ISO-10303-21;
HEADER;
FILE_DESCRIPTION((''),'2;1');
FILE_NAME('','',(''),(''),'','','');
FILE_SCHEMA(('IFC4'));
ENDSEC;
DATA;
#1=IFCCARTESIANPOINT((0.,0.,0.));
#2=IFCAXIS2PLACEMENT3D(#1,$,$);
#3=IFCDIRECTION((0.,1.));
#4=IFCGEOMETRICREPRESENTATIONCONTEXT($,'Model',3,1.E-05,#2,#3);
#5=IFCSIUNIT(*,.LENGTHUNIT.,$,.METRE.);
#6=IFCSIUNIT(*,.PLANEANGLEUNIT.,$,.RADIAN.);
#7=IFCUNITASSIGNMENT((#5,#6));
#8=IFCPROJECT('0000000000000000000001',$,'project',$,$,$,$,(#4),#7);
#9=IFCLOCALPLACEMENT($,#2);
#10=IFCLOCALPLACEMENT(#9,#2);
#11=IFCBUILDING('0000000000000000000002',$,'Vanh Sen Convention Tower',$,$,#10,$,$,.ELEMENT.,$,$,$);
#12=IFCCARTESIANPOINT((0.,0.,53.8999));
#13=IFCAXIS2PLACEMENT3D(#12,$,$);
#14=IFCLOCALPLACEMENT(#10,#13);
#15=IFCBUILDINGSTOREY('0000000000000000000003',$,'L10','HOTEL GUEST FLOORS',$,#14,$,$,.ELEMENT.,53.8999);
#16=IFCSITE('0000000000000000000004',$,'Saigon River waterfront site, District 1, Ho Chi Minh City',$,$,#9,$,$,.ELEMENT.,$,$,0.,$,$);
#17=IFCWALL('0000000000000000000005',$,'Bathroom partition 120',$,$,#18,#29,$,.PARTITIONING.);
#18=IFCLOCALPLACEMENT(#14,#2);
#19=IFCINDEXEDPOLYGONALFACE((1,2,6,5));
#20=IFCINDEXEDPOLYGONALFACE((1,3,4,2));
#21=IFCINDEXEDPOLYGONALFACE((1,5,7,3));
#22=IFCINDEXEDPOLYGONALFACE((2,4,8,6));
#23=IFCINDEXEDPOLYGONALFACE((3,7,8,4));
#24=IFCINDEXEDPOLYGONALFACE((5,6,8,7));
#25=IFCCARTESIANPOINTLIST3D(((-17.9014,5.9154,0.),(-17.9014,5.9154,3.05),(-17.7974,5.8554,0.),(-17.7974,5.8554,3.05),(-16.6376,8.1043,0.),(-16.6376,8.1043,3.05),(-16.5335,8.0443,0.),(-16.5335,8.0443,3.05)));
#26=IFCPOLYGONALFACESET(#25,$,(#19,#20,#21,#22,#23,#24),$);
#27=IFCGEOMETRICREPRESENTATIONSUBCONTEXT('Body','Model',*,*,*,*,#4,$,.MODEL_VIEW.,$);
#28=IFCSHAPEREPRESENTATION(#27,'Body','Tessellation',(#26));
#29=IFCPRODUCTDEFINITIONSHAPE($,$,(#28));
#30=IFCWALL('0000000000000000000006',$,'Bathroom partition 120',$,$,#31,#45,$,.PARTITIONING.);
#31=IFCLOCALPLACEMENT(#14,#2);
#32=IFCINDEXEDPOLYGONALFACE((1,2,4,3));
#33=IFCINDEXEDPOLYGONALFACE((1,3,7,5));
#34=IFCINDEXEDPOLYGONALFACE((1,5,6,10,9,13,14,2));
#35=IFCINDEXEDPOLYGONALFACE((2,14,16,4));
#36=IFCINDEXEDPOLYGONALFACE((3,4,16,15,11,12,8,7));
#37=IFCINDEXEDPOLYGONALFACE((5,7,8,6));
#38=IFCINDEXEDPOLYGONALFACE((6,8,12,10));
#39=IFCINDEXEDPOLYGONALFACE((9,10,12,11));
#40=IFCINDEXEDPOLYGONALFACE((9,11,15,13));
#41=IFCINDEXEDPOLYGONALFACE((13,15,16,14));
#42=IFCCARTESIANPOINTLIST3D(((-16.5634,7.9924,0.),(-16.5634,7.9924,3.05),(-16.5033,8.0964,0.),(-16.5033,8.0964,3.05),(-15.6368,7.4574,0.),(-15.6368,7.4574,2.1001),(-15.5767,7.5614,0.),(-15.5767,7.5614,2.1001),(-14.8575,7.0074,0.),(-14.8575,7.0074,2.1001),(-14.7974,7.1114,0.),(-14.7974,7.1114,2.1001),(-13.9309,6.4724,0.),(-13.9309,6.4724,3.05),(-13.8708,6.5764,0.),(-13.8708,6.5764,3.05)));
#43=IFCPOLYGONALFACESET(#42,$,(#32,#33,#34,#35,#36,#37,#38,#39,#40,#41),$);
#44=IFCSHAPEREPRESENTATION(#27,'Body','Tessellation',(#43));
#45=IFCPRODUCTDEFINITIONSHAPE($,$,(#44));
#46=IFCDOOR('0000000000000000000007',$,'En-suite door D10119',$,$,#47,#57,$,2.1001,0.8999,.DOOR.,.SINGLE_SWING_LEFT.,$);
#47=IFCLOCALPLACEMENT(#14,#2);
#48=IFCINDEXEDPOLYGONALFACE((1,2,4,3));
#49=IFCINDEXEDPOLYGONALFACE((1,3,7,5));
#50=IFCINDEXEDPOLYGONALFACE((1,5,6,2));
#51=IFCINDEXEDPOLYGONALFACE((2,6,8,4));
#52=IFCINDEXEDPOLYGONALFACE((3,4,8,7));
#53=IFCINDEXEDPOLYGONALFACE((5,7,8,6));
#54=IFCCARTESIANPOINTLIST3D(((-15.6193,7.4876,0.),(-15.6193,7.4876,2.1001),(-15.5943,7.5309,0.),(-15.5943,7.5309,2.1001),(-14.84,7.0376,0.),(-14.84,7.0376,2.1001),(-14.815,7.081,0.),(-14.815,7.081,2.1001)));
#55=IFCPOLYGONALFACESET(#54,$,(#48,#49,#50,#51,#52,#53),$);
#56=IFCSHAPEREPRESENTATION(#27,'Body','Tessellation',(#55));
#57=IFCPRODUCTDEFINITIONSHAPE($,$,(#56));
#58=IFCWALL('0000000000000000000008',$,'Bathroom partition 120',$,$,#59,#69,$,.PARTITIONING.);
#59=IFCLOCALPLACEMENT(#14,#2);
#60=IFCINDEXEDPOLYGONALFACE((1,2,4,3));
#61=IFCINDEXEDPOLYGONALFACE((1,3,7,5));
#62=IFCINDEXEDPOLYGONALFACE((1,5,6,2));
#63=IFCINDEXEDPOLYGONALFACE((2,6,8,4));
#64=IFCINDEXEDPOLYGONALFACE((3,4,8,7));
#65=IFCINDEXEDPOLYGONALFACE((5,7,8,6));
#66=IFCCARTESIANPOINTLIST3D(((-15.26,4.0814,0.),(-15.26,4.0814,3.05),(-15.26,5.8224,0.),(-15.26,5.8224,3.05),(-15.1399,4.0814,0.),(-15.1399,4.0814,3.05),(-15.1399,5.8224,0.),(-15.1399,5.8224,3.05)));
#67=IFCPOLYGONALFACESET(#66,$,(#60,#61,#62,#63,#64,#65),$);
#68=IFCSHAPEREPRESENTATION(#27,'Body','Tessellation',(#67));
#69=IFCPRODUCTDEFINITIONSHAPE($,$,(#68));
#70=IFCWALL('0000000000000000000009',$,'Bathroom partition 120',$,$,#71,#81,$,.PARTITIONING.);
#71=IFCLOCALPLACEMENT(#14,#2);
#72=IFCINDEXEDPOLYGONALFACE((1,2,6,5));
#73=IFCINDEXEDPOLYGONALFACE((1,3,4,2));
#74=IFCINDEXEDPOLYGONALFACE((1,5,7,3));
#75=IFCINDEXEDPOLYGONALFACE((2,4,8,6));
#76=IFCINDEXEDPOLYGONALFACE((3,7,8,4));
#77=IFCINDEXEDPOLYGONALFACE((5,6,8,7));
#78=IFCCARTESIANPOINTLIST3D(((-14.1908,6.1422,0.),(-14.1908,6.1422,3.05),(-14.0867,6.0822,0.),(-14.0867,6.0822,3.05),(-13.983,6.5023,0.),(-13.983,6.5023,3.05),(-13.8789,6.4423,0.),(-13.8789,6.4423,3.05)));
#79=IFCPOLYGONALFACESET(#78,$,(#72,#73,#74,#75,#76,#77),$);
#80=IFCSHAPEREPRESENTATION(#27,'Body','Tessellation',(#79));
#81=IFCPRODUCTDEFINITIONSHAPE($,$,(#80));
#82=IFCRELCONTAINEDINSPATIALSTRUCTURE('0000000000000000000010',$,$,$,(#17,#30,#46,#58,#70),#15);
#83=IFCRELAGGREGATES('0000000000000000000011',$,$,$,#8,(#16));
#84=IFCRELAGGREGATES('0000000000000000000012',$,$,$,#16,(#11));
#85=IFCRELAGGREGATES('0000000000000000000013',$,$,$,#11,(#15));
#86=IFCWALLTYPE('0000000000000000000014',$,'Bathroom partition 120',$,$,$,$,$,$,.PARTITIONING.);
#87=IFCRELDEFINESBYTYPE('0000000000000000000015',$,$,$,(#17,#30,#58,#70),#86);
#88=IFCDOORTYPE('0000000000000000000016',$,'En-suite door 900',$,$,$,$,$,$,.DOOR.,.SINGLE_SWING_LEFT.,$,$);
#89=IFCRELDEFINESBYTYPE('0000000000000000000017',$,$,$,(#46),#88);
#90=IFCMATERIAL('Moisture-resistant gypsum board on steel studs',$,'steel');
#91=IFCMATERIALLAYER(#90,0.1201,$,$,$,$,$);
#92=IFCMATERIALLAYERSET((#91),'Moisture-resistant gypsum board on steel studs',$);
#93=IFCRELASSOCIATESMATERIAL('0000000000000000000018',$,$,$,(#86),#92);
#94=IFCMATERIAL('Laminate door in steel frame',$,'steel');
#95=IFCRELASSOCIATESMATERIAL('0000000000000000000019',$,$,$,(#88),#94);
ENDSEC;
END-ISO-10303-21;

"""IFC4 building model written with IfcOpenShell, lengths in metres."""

from ifc_helpers import new_model, si_unit, direction, frame, frame_2d, origin, place, context, subcontext, project, spatial, rectangle, extrude, material, layer, layer_set, type_object, element, fill, save


model = new_model("IFC4")

# Units and contexts
model_context = context("Model", 3, precision=1e-05, world=origin(), true_north=direction((0.0, 1.0)))
body_context = subcontext(model_context, "Body", "Model", "MODEL_VIEW")
ifc_project = project(units=[si_unit("LENGTHUNIT", "METRE"), si_unit("PLANEANGLEUNIT", "RADIAN")], contexts=[model_context])

# Site, building, storey
site_placement = place(None, origin())
site = spatial("IfcSite", under=ifc_project, at=site_placement, Name="Saigon River waterfront site, District 1, Ho Chi Minh City", CompositionType="ELEMENT", RefElevation=0.0)
building_placement = place(site_placement, origin())
building = spatial("IfcBuilding", under=site, at=building_placement, Name="Vanh Sen Convention Tower", CompositionType="ELEMENT")
storey_placement = place(building_placement, frame((0.0, 0.0, 53.8999)))
storey = spatial("IfcBuildingStorey", under=building, at=storey_placement, Name="L10", Description="HOTEL GUEST FLOORS", CompositionType="ELEMENT", Elevation=53.8999)

# Wall
ifc_material_1 = material(Name="Moisture-resistant gypsum board on steel studs", Category="steel")
ifc_layer_1 = layer(ifc_material_1, 0.1201)
ifc_layer_set_1 = layer_set([ifc_layer_1], Name="Moisture-resistant gypsum board on steel studs")
wall_type_1 = type_object("IfcWallType", Name="Bathroom partition 120", PredefinedType="PARTITIONING", material=ifc_layer_set_1)
wall_1_placement = place(storey_placement, frame((-17.8494, 5.8855, 0.0), z_axis=(0.0, 0.0, 1.0), x_axis=(0.500035, 0.866005, 0.0)))
element("IfcWall", 1, at=wall_1_placement, inside=storey, type_object=wall_type_1, Name="Bathroom partition 120", PredefinedType="PARTITIONING", context=body_context, shape_type="SweptSolid", body=[
    extrude(rectangle(XDim=2.5276, YDim=0.1201, at=frame_2d((1.2637, 0.0))), origin(), (0.0, 0.0, 1.0), 3.05),
])

# Wall, opening, door
wall_2_placement = place(storey_placement, frame((-16.5334, 8.0444, 0.0), z_axis=(0.0, 0.0, 1.0), x_axis=(0.86601, -0.500026, 0.0)))
wall_2 = element("IfcWall", 2, at=wall_2_placement, inside=storey, type_object=wall_type_1, Name="Bathroom partition 120", PredefinedType="PARTITIONING", context=body_context, shape_type="SweptSolid", body=[
    extrude(rectangle(XDim=3.0398, YDim=0.1201, at=frame_2d((1.52, 0.0))), origin(), (0.0, 0.0, 1.0), 3.05),
])
opening_1_placement = place(wall_2_placement, frame((1.0701, 0.0, 0.0)))
opening_1 = element("IfcOpeningElement", 3, at=opening_1_placement, cuts=wall_2, PredefinedType="OPENING", context=body_context, shape_type="SweptSolid", body=[
    extrude(rectangle(XDim=0.8999, YDim=2.1001, at=frame_2d((0.45, 1.05))), frame((0.0, 0.0701, 0.0), z_axis=(0.0, -1.0, 0.0), x_axis=(1.0, 0.0, 0.0)), (0.0, 0.0, 1.0), 0.1401),
])
ifc_material_2 = material(Name="Laminate door in steel frame", Category="steel")
door_type = type_object("IfcDoorType", Name="En-suite door 900", OperationType="SINGLE_SWING_LEFT", PredefinedType="DOOR", material=ifc_material_2)
door_placement = place(opening_1_placement, origin())
door = element("IfcDoor", 4, at=door_placement, inside=storey, type_object=door_type, Name="En-suite door D10119", OperationType="SINGLE_SWING_LEFT", OverallHeight=2.1001, OverallWidth=0.8999, PredefinedType="DOOR", context=body_context, shape_type="SweptSolid", body=[
    extrude(rectangle(XDim=0.8999, YDim=2.1001, at=frame_2d((0.45, 1.05))), frame((0.0, 0.0249, 0.0), z_axis=(0.0, -1.0, 0.0), x_axis=(1.0, 0.0, 0.0)), (0.0, 0.0, 1.0), 0.05),
])
fill(opening_1, door)

# Walls
wall_3_placement = place(storey_placement, frame((-15.2, 4.0813, 0.0), z_axis=(0.0, 0.0, 1.0), x_axis=(0.0, 1.0, 0.0)))
element("IfcWall", 5, at=wall_3_placement, inside=storey, type_object=wall_type_1, Name="Bathroom partition 120", PredefinedType="PARTITIONING", context=body_context, shape_type="SweptSolid", body=[
    extrude(rectangle(XDim=1.741, YDim=0.1201, at=frame_2d((0.8706, 0.0))), origin(), (0.0, 0.0, 1.0), 3.05),
])
wall_4_placement = place(storey_placement, frame((-13.9309, 6.4724, 0.0), z_axis=(0.0, 0.0, 1.0), x_axis=(-0.499739, -0.866176, 0.0)))
element("IfcWall", 6, at=wall_4_placement, inside=storey, type_object=wall_type_1, Name="Bathroom partition 120", PredefinedType="PARTITIONING", context=body_context, shape_type="SweptSolid", body=[
    extrude(rectangle(XDim=0.4158, YDim=0.1201, at=frame_2d((0.208, 0.0))), origin(), (0.0, 0.0, 1.0), 3.05),
])

save(model, "model.ifc")
